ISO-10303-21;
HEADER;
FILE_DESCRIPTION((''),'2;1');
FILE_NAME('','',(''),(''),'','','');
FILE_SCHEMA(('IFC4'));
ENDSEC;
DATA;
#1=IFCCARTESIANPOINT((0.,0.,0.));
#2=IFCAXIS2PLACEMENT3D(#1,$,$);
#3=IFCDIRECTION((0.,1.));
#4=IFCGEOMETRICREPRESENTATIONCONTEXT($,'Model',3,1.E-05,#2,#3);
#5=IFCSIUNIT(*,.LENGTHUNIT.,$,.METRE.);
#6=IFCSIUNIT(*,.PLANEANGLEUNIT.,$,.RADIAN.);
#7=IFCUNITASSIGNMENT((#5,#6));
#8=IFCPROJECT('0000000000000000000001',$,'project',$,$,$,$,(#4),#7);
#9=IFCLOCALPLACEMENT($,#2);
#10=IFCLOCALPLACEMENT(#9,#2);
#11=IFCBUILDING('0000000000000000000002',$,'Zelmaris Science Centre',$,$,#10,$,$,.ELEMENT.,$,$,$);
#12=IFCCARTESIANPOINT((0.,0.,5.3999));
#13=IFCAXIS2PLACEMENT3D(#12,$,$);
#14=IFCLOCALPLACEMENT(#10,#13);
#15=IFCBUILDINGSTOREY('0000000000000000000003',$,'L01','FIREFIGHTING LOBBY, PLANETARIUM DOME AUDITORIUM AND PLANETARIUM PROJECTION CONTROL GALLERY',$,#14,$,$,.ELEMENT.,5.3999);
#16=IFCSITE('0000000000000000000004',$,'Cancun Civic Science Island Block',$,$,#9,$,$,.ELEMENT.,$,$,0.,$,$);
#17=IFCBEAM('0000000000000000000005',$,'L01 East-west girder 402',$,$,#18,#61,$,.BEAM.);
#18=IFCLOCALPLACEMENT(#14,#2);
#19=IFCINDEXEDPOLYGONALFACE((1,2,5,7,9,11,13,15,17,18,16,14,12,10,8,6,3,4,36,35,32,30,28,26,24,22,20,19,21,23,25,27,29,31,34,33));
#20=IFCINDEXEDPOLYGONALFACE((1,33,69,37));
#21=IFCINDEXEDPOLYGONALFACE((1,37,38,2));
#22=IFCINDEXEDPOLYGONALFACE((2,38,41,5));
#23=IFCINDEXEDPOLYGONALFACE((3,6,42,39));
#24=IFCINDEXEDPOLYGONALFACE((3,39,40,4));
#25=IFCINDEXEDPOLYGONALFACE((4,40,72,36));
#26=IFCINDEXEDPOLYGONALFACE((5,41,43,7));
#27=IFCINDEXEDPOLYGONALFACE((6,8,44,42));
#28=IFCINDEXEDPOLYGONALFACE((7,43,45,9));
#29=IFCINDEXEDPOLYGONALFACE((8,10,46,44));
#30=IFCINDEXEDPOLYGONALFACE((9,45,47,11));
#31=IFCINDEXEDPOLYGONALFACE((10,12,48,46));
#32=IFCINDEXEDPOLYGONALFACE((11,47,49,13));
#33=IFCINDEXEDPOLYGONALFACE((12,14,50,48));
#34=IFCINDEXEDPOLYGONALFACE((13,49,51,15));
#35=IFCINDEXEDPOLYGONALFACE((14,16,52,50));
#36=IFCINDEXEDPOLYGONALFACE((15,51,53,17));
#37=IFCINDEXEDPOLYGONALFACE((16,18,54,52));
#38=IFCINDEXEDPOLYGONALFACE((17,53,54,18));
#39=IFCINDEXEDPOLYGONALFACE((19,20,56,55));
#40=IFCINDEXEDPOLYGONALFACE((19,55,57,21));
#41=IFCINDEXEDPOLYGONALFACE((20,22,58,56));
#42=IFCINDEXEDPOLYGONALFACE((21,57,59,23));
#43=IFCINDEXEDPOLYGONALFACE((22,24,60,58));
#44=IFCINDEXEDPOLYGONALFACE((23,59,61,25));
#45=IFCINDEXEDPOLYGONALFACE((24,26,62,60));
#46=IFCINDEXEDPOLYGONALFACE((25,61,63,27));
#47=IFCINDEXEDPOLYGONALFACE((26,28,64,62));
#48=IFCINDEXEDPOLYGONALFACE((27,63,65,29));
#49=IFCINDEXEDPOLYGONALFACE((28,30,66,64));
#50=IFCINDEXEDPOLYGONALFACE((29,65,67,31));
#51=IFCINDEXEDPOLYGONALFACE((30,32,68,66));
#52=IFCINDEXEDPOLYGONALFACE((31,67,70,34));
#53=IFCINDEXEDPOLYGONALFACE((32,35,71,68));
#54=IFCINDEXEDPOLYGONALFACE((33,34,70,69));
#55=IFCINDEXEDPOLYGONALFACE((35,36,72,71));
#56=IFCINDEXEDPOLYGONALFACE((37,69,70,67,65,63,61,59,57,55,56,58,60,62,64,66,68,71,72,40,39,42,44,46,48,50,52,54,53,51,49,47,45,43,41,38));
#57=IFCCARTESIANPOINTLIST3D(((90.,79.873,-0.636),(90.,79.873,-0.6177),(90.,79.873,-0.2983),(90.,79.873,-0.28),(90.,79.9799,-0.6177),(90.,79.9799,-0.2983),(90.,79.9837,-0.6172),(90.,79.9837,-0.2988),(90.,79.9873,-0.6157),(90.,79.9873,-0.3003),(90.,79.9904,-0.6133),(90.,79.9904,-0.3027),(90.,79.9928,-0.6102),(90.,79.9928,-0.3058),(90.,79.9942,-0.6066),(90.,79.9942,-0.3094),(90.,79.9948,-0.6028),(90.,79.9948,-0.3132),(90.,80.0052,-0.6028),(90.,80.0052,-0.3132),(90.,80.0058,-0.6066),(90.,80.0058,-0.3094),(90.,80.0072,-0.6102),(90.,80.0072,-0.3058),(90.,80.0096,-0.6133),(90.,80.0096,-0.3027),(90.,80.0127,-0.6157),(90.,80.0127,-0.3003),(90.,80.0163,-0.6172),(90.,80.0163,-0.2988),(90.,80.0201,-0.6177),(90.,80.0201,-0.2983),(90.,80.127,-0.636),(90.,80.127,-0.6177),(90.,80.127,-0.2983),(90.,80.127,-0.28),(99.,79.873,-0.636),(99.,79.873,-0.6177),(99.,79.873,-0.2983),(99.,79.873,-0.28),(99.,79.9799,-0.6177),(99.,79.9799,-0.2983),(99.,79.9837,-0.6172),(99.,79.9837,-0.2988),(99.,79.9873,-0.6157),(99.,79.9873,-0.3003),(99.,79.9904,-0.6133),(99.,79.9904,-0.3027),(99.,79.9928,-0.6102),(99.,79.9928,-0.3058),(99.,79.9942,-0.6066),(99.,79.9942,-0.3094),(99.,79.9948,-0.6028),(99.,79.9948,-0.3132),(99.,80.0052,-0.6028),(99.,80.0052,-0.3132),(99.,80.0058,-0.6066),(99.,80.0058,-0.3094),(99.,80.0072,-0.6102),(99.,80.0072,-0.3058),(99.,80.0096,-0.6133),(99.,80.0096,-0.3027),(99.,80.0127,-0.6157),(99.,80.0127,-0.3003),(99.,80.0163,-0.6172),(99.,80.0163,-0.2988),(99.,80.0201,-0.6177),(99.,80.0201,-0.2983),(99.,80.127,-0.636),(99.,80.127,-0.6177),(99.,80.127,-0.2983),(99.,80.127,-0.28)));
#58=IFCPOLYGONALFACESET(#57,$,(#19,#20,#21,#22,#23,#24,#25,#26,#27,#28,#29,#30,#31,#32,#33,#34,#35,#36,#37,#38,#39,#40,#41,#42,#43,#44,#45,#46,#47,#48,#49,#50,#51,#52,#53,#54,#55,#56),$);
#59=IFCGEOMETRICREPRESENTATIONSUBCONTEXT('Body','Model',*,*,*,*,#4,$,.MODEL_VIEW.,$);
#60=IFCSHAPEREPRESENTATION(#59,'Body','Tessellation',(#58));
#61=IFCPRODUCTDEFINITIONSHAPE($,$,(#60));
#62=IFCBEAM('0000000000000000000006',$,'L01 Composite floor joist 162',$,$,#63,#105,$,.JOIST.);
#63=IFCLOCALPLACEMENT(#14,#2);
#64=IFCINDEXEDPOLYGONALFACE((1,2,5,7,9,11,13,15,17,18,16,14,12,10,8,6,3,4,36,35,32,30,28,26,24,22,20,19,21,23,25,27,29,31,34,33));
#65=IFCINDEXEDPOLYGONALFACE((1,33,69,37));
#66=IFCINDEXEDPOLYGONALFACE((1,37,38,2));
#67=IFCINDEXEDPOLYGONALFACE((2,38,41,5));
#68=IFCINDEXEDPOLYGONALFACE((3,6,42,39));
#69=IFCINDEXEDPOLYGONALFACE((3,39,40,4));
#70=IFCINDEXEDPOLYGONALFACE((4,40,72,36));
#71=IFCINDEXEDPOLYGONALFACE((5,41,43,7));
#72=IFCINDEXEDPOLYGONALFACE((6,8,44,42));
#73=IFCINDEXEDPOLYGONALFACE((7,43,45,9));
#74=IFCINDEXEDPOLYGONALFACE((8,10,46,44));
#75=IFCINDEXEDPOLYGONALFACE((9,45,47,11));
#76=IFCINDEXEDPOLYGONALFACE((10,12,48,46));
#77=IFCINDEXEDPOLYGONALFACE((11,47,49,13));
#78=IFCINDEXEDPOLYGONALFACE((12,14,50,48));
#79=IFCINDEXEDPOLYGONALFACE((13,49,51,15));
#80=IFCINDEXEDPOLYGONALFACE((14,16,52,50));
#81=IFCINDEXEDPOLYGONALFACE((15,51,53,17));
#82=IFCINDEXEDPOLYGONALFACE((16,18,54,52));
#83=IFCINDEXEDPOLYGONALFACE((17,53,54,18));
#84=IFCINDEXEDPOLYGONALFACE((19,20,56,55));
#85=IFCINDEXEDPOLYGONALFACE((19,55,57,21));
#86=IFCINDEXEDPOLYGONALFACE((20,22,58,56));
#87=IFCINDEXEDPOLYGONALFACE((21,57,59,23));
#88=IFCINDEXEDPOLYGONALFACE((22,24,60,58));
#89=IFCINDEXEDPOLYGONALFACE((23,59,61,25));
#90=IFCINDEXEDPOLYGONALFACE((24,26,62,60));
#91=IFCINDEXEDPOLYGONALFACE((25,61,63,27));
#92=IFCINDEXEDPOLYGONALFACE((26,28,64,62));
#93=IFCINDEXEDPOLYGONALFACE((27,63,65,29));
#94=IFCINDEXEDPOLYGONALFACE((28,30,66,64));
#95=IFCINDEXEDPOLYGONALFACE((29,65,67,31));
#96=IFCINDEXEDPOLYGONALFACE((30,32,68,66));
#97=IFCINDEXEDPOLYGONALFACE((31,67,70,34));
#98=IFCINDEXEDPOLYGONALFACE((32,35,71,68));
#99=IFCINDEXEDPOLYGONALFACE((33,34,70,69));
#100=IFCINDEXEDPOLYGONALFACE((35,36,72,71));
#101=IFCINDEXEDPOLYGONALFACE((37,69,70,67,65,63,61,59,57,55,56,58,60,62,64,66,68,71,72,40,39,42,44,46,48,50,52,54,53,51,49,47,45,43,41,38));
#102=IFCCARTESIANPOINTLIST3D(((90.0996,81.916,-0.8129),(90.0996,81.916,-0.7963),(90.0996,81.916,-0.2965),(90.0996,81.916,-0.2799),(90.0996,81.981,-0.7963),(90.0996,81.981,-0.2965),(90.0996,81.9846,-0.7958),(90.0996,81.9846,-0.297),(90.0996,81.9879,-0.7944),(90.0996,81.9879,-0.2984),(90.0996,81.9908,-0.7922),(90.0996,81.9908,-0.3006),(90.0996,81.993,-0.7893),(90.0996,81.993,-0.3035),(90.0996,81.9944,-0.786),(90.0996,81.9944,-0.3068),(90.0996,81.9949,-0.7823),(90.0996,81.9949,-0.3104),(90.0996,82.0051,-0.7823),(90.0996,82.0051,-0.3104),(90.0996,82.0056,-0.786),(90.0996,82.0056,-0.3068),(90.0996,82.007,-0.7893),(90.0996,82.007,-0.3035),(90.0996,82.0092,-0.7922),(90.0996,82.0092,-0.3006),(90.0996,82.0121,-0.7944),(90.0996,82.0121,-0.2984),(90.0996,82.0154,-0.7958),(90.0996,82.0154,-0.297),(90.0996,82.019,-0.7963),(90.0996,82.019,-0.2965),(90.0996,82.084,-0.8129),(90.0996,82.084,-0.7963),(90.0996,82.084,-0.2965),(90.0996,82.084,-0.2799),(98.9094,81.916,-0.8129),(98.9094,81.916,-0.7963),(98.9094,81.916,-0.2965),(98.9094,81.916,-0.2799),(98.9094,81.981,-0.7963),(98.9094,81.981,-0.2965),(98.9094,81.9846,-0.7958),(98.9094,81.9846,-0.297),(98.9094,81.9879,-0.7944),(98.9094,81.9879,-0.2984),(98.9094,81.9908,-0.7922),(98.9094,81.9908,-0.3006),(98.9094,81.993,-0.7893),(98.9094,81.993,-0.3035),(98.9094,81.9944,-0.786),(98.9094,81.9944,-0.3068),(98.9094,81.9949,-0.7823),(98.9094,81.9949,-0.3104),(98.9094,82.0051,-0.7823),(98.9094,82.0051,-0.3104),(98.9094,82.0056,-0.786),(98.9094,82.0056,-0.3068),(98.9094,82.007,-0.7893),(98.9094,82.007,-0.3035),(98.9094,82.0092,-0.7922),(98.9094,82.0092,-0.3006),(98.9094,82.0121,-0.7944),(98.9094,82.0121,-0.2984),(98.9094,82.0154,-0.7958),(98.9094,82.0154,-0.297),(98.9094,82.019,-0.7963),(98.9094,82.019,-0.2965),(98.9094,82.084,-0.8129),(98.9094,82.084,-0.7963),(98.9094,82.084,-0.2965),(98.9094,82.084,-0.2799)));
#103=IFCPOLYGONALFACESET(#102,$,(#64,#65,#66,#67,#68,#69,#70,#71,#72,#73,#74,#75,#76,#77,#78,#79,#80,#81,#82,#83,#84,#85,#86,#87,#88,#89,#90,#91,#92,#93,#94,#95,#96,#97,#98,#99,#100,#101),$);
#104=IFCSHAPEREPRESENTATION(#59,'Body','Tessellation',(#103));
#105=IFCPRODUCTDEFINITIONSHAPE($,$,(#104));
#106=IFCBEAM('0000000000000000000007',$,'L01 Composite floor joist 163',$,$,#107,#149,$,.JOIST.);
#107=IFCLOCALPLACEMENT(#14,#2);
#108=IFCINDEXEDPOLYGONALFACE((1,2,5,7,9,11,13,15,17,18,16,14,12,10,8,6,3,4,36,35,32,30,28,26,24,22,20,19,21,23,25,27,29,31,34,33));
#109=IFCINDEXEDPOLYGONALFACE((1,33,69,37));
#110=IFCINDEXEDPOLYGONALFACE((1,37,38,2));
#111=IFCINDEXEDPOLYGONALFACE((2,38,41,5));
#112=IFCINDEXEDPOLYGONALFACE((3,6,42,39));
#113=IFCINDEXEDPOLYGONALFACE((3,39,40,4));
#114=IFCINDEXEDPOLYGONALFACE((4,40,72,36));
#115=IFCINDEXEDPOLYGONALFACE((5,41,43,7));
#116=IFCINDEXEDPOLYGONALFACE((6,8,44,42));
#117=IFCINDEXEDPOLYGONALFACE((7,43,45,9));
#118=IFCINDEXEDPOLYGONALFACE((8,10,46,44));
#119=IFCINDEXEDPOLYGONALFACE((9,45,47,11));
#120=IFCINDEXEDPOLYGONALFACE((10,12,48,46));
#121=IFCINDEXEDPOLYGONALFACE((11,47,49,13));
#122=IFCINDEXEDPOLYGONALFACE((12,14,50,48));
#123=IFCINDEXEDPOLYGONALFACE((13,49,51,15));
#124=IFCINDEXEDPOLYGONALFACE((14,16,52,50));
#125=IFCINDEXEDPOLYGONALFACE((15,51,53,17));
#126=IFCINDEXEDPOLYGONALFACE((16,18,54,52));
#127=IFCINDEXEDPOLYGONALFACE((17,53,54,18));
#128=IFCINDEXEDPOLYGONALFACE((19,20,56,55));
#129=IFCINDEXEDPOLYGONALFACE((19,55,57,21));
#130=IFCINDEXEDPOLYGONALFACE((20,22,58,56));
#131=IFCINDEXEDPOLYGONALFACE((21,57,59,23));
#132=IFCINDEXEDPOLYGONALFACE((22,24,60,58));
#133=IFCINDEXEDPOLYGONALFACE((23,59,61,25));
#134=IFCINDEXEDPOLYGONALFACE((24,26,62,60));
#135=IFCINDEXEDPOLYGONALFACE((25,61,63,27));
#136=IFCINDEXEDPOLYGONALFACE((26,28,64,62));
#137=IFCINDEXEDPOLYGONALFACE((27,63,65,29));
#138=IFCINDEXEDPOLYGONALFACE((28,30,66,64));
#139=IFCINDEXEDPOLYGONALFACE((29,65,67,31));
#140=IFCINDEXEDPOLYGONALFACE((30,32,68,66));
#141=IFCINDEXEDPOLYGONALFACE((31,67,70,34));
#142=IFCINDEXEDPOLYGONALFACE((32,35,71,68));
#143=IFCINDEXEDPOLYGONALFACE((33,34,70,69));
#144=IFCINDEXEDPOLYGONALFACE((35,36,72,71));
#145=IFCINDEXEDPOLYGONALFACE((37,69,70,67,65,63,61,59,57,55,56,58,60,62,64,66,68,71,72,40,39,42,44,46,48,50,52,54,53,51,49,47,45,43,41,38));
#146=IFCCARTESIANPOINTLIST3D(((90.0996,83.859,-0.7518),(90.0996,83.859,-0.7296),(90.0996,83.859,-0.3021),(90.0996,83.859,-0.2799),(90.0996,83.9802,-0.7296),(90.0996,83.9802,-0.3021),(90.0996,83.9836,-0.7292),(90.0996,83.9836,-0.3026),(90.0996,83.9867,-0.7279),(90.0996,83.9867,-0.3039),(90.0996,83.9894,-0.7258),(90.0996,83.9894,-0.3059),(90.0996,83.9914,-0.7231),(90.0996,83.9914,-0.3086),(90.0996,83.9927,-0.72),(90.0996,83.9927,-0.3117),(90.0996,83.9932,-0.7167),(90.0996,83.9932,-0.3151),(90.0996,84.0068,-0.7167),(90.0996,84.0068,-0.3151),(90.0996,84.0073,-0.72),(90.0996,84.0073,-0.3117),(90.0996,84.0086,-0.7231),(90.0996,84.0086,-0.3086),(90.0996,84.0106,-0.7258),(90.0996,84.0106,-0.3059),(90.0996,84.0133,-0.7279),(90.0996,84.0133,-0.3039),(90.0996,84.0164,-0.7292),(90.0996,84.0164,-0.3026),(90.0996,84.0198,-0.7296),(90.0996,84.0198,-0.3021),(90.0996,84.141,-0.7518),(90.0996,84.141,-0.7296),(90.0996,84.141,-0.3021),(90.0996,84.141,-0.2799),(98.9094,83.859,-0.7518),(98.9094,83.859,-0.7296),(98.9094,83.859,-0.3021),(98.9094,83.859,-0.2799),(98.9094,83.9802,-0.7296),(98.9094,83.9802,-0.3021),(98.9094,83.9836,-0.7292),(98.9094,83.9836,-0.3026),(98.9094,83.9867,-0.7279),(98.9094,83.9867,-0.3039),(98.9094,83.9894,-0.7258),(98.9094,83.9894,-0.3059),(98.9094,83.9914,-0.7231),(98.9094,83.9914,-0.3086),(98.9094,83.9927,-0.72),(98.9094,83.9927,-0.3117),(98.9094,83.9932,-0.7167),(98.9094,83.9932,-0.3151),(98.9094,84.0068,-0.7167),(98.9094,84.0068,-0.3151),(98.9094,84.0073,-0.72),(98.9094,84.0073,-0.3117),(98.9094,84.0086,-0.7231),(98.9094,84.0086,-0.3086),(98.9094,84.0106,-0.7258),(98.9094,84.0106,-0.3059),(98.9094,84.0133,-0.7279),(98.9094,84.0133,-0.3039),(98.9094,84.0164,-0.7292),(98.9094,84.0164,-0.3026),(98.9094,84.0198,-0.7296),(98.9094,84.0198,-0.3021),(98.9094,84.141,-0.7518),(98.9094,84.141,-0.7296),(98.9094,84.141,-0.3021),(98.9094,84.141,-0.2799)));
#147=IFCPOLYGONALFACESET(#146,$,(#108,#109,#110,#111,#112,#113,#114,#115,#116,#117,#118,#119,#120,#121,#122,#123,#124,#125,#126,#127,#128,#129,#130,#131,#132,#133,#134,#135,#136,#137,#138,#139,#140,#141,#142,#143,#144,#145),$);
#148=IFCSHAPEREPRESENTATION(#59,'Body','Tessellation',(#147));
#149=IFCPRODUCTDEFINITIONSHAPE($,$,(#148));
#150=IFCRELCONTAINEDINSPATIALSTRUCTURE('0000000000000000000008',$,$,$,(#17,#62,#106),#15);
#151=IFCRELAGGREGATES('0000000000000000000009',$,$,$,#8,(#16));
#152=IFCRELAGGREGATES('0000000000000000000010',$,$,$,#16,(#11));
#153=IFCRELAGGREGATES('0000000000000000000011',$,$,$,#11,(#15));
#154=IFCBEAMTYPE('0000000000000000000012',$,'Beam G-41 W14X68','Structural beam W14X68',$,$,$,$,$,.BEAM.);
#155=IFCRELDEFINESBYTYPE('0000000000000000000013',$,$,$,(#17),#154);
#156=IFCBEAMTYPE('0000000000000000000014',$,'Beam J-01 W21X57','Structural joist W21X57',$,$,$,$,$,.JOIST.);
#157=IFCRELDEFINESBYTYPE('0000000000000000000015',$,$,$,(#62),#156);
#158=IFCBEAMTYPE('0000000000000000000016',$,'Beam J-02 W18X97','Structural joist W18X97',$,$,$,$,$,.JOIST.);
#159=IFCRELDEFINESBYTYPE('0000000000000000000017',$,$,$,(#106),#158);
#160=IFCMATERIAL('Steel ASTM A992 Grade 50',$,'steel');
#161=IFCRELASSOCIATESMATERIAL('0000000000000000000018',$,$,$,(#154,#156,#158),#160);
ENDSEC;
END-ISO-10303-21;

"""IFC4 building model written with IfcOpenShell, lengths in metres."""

from ifc_helpers import new_model, si_unit, direction, frame, origin, origin_2d, place, context, subcontext, project, spatial, i_section, extrude, material, material_profile, profile_set, type_object, element, save


model = new_model("IFC4")

# Units and contexts
model_context = context("Model", 3, precision=1e-05, world=origin(), true_north=direction((0.0, 1.0)))
body_context = subcontext(model_context, "Body", "Model", "MODEL_VIEW")
ifc_project = project(units=[si_unit("LENGTHUNIT", "METRE"), si_unit("PLANEANGLEUNIT", "RADIAN")], contexts=[model_context])

# Site, building, storey
site_placement = place(None, origin())
site = spatial("IfcSite", under=ifc_project, at=site_placement, Name="Cancun Civic Science Island Block", CompositionType="ELEMENT", RefElevation=0.0)
building_placement = place(site_placement, origin())
building = spatial("IfcBuilding", under=site, at=building_placement, Name="Zelmaris Science Centre", CompositionType="ELEMENT")
storey_placement = place(building_placement, frame((0.0, 0.0, 5.3999)))
storey = spatial("IfcBuildingStorey", under=building, at=storey_placement, Name="L01", Description="FIREFIGHTING LOBBY, PLANETARIUM DOME AUDITORIUM AND PLANETARIUM PROJECTION CONTROL GALLERY", CompositionType="ELEMENT", Elevation=5.3999)

# Shared definitions
ifc_material_1 = material(Name="Steel ASTM A992 Grade 50", Category="steel")

# Beams
ifc_material_profile_1 = material_profile(ifc_material_1, i_section(OverallWidth=0.2539, OverallDepth=0.356, WebThickness=0.0105, FlangeThickness=0.0183, FilletRadius=0.0149, at=origin_2d()), Name="W14X68")
ifc_profile_set_1 = profile_set([ifc_material_profile_1], Name="Steel ASTM A992 Grade 50")
beam_type_1 = type_object("IfcBeamType", Name="Beam G-41 W14X68", Description="Structural beam W14X68", PredefinedType="BEAM", material=ifc_profile_set_1)
beam_1_placement = place(storey_placement, frame((90.0, 80.0, -0.458), z_axis=(1.0, 0.0, 0.0), x_axis=(0.0, 1.0, 0.0)))
element("IfcBeam", 1, at=beam_1_placement, inside=storey, type_object=beam_type_1, Name="L01 East-west girder 402", PredefinedType="BEAM", context=body_context, shape_type="SweptSolid", body=[
    extrude(i_section(OverallWidth=0.2539, OverallDepth=0.356, WebThickness=0.0105, FlangeThickness=0.0183, FilletRadius=0.0149, at=origin_2d()), origin(), (0.0, 0.0, 1.0), 9.0),
])
ifc_material_profile_2 = material_profile(ifc_material_1, i_section(OverallWidth=0.168, OverallDepth=0.533, WebThickness=0.0103, FlangeThickness=0.0166, FilletRadius=0.0139, at=origin_2d()), Name="W21X57")
ifc_profile_set_2 = profile_set([ifc_material_profile_2], Name="Steel ASTM A992 Grade 50")
beam_type_2 = type_object("IfcBeamType", Name="Beam J-01 W21X57", Description="Structural joist W21X57", PredefinedType="JOIST", material=ifc_profile_set_2)
beam_2_placement = place(storey_placement, frame((90.0996, 82.0, -0.5464), z_axis=(1.0, 0.0, 0.0), x_axis=(0.0, 1.0, 0.0)))
element("IfcBeam", 2, at=beam_2_placement, inside=storey, type_object=beam_type_2, Name="L01 Composite floor joist 162", PredefinedType="JOIST", context=body_context, shape_type="SweptSolid", body=[
    extrude(i_section(OverallWidth=0.168, OverallDepth=0.533, WebThickness=0.0103, FlangeThickness=0.0166, FilletRadius=0.0139, at=origin_2d()), origin(), (0.0, 0.0, 1.0), 8.8098),
])
ifc_material_profile_3 = material_profile(ifc_material_1, i_section(OverallWidth=0.282, OverallDepth=0.4719, WebThickness=0.0137, FlangeThickness=0.0222, FilletRadius=0.0129, at=origin_2d()), Name="W18X97")
ifc_profile_set_3 = profile_set([ifc_material_profile_3], Name="Steel ASTM A992 Grade 50")
beam_type_3 = type_object("IfcBeamType", Name="Beam J-02 W18X97", Description="Structural joist W18X97", PredefinedType="JOIST", material=ifc_profile_set_3)
beam_3_placement = place(storey_placement, frame((90.0996, 84.0, -0.5159), z_axis=(1.0, 0.0, 0.0), x_axis=(0.0, 1.0, 0.0)))
element("IfcBeam", 3, at=beam_3_placement, inside=storey, type_object=beam_type_3, Name="L01 Composite floor joist 163", PredefinedType="JOIST", context=body_context, shape_type="SweptSolid", body=[
    extrude(i_section(OverallWidth=0.282, OverallDepth=0.4719, WebThickness=0.0137, FlangeThickness=0.0222, FilletRadius=0.0129, at=origin_2d()), origin(), (0.0, 0.0, 1.0), 8.8098),
])

save(model, "model.ifc")
